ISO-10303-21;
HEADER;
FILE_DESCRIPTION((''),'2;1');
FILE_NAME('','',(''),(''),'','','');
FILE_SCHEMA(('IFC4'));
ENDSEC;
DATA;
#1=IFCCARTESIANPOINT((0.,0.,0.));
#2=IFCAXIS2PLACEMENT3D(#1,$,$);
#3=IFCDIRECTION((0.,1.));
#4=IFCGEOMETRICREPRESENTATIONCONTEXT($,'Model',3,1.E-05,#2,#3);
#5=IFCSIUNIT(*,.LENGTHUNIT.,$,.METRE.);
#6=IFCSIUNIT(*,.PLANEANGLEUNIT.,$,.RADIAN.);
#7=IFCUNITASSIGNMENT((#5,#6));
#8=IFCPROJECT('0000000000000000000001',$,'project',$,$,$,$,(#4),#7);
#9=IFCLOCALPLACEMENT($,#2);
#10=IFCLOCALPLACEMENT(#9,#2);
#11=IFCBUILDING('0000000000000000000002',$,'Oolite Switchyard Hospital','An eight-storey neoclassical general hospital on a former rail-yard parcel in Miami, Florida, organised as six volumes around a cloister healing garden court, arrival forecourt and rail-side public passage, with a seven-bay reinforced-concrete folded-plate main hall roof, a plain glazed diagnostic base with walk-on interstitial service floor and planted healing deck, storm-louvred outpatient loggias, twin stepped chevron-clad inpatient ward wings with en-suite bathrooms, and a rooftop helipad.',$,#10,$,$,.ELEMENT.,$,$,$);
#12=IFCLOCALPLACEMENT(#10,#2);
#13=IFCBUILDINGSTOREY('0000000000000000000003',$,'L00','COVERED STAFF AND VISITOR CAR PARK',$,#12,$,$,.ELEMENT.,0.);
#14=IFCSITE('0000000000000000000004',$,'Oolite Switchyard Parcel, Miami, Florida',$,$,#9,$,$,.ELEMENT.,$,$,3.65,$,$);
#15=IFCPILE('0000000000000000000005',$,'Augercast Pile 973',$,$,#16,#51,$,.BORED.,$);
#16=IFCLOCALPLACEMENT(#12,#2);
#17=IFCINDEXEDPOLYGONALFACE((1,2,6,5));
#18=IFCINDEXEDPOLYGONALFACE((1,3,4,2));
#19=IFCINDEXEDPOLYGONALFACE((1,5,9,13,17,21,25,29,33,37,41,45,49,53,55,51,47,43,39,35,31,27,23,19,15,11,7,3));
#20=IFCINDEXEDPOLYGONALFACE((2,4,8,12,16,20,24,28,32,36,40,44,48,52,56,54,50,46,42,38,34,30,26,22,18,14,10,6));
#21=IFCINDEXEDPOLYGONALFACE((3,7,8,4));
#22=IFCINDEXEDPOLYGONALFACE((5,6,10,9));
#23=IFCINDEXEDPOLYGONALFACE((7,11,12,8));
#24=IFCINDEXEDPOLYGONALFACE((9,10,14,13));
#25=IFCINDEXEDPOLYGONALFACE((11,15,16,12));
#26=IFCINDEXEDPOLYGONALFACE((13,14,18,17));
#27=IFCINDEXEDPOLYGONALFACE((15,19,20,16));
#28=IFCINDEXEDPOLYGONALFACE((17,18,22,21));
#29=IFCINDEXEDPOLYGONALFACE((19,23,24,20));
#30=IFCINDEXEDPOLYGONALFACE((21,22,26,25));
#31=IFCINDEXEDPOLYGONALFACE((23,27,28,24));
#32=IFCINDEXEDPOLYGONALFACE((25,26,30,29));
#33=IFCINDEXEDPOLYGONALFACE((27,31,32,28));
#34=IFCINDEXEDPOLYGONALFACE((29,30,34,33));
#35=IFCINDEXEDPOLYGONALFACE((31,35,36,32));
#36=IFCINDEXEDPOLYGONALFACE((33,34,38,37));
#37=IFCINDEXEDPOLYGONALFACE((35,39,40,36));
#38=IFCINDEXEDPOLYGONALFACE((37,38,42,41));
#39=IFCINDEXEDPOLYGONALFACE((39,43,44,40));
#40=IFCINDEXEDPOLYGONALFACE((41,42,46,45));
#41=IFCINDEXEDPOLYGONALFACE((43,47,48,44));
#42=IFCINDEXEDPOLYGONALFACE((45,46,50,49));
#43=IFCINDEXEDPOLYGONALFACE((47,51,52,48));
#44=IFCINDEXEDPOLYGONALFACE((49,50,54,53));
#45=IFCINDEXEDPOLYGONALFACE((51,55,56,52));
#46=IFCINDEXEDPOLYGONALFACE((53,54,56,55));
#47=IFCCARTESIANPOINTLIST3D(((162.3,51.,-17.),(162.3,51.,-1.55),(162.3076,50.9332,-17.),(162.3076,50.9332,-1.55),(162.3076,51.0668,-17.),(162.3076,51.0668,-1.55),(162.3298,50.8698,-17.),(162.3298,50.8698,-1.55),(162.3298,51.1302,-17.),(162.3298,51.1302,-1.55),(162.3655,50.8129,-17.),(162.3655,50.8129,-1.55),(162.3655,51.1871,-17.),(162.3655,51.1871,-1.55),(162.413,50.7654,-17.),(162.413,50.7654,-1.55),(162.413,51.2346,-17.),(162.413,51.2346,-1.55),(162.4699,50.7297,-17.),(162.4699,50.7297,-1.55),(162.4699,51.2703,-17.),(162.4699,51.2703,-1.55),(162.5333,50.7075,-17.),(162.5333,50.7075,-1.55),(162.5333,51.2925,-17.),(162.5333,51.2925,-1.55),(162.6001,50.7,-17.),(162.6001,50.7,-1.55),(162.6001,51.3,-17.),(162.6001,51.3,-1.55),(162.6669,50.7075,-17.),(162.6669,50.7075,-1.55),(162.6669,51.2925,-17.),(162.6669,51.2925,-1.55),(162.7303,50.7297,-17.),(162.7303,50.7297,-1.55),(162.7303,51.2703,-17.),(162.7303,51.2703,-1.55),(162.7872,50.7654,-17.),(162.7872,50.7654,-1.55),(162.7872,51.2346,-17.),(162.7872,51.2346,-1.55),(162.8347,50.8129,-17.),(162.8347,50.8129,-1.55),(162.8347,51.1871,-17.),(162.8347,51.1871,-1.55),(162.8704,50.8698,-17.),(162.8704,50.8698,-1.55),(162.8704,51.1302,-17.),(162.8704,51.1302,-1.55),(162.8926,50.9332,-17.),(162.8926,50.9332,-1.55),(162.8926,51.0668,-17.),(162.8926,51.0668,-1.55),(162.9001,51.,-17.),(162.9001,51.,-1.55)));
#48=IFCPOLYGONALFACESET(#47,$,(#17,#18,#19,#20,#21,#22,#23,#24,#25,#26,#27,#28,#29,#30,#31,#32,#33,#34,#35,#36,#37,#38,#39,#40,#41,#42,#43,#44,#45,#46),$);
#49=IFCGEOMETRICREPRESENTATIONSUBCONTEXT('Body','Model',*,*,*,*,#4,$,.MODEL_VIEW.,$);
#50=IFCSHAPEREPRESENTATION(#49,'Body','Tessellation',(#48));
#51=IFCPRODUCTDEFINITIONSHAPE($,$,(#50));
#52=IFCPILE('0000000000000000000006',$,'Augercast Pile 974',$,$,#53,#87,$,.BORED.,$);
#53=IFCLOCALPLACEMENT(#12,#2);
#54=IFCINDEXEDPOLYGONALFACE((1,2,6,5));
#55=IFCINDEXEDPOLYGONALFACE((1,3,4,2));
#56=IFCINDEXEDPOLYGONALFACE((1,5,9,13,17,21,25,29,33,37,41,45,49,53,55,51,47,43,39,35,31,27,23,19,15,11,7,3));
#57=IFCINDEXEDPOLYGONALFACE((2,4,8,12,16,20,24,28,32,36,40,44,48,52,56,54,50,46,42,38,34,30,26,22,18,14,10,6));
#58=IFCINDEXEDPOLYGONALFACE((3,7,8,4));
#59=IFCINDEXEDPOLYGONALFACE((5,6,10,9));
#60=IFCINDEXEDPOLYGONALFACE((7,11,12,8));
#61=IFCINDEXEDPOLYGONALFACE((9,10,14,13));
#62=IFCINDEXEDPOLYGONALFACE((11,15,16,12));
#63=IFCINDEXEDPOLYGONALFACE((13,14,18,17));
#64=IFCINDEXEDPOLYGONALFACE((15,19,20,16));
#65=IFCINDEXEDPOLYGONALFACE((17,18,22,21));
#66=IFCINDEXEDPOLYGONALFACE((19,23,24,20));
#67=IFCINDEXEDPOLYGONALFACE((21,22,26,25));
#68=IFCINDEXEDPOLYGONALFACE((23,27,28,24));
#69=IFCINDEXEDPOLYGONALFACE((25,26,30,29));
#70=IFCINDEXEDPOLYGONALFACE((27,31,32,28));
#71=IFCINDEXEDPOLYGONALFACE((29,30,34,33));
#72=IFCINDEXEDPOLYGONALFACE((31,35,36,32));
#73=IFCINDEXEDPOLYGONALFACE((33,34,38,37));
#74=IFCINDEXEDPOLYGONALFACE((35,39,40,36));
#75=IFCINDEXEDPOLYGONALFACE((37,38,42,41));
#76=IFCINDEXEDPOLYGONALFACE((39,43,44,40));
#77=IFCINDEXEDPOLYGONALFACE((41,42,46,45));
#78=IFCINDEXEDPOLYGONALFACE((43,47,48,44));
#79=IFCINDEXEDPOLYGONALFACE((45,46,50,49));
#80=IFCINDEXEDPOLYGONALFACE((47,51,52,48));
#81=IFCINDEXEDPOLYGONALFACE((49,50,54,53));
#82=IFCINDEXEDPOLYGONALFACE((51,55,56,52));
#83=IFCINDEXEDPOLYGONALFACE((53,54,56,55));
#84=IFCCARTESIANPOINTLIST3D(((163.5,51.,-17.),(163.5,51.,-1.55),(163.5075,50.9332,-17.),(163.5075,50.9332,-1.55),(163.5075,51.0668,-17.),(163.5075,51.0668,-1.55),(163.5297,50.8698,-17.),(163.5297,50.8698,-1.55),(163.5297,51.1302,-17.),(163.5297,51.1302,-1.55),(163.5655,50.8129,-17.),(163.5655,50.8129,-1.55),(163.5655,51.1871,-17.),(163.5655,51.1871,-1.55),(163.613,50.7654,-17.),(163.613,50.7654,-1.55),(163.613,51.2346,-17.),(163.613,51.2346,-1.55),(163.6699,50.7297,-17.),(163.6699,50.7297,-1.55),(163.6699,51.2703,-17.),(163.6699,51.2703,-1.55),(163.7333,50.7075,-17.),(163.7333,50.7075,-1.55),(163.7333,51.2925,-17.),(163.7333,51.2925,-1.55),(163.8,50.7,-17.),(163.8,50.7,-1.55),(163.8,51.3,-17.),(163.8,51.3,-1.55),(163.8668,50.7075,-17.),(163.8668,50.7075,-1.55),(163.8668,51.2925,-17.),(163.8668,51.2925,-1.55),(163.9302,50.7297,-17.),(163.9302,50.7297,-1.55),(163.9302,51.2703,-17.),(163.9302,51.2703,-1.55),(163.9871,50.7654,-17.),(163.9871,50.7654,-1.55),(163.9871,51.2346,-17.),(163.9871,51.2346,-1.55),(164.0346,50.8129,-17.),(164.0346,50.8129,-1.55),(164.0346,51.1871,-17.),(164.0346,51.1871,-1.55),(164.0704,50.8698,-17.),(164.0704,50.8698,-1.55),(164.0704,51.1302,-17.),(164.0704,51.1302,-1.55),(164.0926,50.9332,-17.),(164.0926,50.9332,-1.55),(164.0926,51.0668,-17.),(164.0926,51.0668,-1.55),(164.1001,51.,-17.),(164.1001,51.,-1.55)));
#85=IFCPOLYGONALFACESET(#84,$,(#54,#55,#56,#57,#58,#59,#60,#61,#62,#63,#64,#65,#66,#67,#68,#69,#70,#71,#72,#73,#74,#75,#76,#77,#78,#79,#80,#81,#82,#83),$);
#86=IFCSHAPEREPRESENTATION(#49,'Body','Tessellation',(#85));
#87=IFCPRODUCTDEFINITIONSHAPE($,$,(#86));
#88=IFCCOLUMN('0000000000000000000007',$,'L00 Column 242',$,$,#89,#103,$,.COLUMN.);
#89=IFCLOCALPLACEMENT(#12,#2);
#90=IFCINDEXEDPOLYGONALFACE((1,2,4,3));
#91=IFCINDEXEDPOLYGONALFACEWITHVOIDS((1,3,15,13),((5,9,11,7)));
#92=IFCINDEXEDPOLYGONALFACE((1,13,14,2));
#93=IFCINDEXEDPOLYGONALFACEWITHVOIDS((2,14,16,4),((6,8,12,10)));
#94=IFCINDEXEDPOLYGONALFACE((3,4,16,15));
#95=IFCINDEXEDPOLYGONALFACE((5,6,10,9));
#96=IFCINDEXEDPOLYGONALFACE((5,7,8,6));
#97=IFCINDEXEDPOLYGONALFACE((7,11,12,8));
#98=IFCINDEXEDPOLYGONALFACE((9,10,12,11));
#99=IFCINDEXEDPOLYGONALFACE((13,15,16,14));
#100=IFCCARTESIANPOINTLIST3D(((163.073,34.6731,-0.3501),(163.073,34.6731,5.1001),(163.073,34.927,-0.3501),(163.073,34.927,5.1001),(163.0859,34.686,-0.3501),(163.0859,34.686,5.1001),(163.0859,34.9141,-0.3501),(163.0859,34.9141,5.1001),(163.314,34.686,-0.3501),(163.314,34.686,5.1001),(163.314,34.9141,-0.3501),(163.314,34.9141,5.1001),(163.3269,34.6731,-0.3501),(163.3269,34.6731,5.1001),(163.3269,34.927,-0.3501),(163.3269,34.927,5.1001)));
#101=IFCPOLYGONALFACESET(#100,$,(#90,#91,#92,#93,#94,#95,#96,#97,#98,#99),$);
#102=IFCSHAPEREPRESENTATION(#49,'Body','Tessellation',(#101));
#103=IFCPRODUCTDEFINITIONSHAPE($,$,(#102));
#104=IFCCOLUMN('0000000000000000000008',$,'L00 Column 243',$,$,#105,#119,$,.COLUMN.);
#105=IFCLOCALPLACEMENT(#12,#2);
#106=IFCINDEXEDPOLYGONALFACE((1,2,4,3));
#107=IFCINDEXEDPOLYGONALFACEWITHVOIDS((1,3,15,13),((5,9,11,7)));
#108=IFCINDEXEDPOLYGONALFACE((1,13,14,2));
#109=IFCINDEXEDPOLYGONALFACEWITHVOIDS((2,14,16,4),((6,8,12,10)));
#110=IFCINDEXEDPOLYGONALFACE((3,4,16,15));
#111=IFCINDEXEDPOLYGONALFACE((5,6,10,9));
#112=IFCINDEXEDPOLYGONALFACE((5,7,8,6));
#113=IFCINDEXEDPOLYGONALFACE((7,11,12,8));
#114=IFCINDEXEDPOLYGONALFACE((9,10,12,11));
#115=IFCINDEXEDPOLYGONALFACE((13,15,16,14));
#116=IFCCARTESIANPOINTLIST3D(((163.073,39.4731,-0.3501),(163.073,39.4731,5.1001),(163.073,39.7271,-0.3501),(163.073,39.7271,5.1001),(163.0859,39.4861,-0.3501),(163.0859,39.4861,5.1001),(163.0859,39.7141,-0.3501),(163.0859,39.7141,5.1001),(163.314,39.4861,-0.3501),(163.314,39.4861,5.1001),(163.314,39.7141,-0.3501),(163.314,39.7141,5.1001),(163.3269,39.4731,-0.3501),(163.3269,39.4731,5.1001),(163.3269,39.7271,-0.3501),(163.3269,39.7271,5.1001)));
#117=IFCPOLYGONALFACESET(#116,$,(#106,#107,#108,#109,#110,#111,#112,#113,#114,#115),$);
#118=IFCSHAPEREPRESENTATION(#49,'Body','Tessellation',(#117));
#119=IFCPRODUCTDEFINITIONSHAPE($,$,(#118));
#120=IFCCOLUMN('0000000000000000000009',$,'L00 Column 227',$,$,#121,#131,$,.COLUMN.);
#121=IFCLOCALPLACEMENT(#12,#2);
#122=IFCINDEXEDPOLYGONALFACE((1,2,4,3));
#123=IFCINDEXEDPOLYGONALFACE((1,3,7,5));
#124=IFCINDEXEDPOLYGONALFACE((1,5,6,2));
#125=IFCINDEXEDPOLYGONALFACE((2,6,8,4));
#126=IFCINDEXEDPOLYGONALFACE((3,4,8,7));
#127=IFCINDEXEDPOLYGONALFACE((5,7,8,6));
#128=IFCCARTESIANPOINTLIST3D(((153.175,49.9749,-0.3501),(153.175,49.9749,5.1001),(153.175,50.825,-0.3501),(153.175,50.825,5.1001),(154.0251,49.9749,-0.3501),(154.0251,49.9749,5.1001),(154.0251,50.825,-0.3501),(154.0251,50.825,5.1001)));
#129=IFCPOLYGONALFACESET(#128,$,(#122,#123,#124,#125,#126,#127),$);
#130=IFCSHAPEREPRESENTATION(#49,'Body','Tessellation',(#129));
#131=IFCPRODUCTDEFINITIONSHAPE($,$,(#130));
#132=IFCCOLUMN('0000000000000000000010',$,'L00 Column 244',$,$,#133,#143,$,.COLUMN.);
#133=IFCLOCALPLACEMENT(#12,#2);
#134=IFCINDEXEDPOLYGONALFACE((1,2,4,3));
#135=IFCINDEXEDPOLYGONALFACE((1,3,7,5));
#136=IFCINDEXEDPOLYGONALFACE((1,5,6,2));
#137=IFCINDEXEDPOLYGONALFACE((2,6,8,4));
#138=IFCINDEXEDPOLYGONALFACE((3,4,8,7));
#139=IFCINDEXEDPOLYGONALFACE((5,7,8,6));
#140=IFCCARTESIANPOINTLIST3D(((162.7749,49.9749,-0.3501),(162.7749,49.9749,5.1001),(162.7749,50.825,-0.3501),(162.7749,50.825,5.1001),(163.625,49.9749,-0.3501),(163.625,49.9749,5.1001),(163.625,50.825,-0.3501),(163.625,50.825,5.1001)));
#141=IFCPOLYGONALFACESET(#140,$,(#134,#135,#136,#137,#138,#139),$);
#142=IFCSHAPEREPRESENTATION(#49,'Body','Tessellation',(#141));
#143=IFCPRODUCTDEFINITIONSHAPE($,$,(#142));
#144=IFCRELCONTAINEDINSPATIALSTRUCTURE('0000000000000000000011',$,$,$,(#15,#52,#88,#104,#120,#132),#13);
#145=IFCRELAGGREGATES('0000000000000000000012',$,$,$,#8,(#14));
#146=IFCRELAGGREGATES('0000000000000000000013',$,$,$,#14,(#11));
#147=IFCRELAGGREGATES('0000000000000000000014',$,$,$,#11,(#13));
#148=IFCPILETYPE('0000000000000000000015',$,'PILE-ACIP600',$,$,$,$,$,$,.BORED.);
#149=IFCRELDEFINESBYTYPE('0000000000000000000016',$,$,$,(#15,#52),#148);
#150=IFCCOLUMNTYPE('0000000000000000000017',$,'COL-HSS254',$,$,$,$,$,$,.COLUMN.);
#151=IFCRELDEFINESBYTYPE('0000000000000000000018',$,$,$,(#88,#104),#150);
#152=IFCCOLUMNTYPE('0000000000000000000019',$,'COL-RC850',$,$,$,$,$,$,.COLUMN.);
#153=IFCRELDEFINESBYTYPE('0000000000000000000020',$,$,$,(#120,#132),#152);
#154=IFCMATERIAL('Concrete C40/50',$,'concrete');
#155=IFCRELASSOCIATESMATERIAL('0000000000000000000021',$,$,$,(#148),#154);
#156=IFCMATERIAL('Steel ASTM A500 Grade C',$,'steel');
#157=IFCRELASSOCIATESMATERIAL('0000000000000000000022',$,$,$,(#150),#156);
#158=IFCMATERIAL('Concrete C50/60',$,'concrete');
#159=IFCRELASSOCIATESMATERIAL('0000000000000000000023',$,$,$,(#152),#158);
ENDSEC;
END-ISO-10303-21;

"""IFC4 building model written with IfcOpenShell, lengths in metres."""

from ifc_helpers import new_model, si_unit, direction, frame, origin, origin_2d, place, context, subcontext, project, spatial, rectangle, hollow_rectangle, circle, extrude, material, material_profile, profile_set, type_object, element, save


model = new_model("IFC4")

# Units and contexts
model_context = context("Model", 3, precision=1e-05, world=origin(), true_north=direction((0.0, 1.0)))
body_context = subcontext(model_context, "Body", "Model", "MODEL_VIEW")
ifc_project = project(units=[si_unit("LENGTHUNIT", "METRE"), si_unit("PLANEANGLEUNIT", "RADIAN")], contexts=[model_context])

# Site, building, storey
site_placement = place(None, origin())
site = spatial("IfcSite", under=ifc_project, at=site_placement, Name="Oolite Switchyard Parcel, Miami, Florida", CompositionType="ELEMENT", RefElevation=3.65)
building_placement = place(site_placement, origin())
building = spatial("IfcBuilding", under=site, at=building_placement, Name="Oolite Switchyard Hospital", Description="An eight-storey neoclassical general hospital on a former rail-yard parcel in Miami, Florida, organised as six volumes around a cloister healing garden court, arrival forecourt and rail-side public passage, with a seven-bay reinforced-concrete folded-plate main hall roof, a plain glazed diagnostic base with walk-on interstitial service floor and planted healing deck, storm-louvred outpatient loggias, twin stepped chevron-clad inpatient ward wings with en-suite bathrooms, and a rooftop helipad.", CompositionType="ELEMENT")
storey_placement = place(building_placement, origin())
storey = spatial("IfcBuildingStorey", under=building, at=storey_placement, Name="L00", Description="COVERED STAFF AND VISITOR CAR PARK", CompositionType="ELEMENT", Elevation=0.0)

# Shared definitions
ifc_material_1 = material(Name="Concrete C40/50", Category="concrete")

# Piles
ifc_material_profile_1 = material_profile(ifc_material_1, circle(Radius=0.3, at=origin_2d()), Name="PILE600")
ifc_profile_set_1 = profile_set([ifc_material_profile_1], Name="Concrete C40/50")
pile_type = type_object("IfcPileType", Name="PILE-ACIP600", PredefinedType="BORED", material=ifc_profile_set_1)
for number, where, z_axis, x_axis, name in (
    (1, (162.6001, 51.0, -1.55), (0.0, 0.0, -1.0), (1.0, 0.0, 0.0), "Augercast Pile 973"),
    (2, (163.8, 51.0, -1.55), (0.0, 0.0, -1.0), (1.0, 0.0, 0.0), "Augercast Pile 974"),
):
    element("IfcPile", number, at=place(storey_placement, frame(where, z_axis=z_axis, x_axis=x_axis)), inside=storey, type_object=pile_type, Name=name, PredefinedType="BORED", context=body_context, shape_type="SweptSolid", body=[
        extrude(circle(Radius=0.3, at=origin_2d()), origin(), (0.0, 0.0, 1.0), 15.45),
    ])

# Columns
ifc_material_2 = material(Name="Steel ASTM A500 Grade C", Category="steel")
ifc_material_profile_2 = material_profile(ifc_material_2, hollow_rectangle(XDim=0.2539, YDim=0.2539, WallThickness=0.0129, at=origin_2d()), Name="HSS254X254X13")
ifc_profile_set_2 = profile_set([ifc_material_profile_2], Name="Steel ASTM A500 Grade C")
column_type_1 = type_object("IfcColumnType", Name="COL-HSS254", PredefinedType="COLUMN", material=ifc_profile_set_2)
for number, where, z_axis, x_axis, name in (
    (3, (163.2, 34.8, -0.3501), (0.0, 0.0, 1.0), (1.0, 0.0, 0.0), "L00 Column 242"),
    (4, (163.2, 39.6001, -0.3501), (0.0, 0.0, 1.0), (1.0, 0.0, 0.0), "L00 Column 243"),
):
    element("IfcColumn", number, at=place(storey_placement, frame(where, z_axis=z_axis, x_axis=x_axis)), inside=storey, type_object=column_type_1, Name=name, PredefinedType="COLUMN", context=body_context, shape_type="SweptSolid", body=[
        extrude(hollow_rectangle(XDim=0.2539, YDim=0.2539, WallThickness=0.0129, at=origin_2d()), origin(), (0.0, 0.0, 1.0), 5.4502),
    ])
ifc_material_3 = material(Name="Concrete C50/60", Category="concrete")
ifc_material_profile_3 = material_profile(ifc_material_3, rectangle(XDim=0.8501, YDim=0.8501, at=origin_2d()), Name="RC850X850")
ifc_profile_set_3 = profile_set([ifc_material_profile_3], Name="Concrete C50/60")
column_type_2 = type_object("IfcColumnType", Name="COL-RC850", PredefinedType="COLUMN", material=ifc_profile_set_3)
for number, where, z_axis, x_axis, name in (
    (5, (153.6001, 50.3999, -0.3501), (0.0, 0.0, 1.0), (1.0, 0.0, 0.0), "L00 Column 227"),
    (6, (163.2, 50.3999, -0.3501), (0.0, 0.0, 1.0), (1.0, 0.0, 0.0), "L00 Column 244"),
):
    element("IfcColumn", number, at=place(storey_placement, frame(where, z_axis=z_axis, x_axis=x_axis)), inside=storey, type_object=column_type_2, Name=name, PredefinedType="COLUMN", context=body_context, shape_type="SweptSolid", body=[
        extrude(rectangle(XDim=0.8501, YDim=0.8501, at=origin_2d()), origin(), (0.0, 0.0, 1.0), 5.4502),
    ])

save(model, "model.ifc")
